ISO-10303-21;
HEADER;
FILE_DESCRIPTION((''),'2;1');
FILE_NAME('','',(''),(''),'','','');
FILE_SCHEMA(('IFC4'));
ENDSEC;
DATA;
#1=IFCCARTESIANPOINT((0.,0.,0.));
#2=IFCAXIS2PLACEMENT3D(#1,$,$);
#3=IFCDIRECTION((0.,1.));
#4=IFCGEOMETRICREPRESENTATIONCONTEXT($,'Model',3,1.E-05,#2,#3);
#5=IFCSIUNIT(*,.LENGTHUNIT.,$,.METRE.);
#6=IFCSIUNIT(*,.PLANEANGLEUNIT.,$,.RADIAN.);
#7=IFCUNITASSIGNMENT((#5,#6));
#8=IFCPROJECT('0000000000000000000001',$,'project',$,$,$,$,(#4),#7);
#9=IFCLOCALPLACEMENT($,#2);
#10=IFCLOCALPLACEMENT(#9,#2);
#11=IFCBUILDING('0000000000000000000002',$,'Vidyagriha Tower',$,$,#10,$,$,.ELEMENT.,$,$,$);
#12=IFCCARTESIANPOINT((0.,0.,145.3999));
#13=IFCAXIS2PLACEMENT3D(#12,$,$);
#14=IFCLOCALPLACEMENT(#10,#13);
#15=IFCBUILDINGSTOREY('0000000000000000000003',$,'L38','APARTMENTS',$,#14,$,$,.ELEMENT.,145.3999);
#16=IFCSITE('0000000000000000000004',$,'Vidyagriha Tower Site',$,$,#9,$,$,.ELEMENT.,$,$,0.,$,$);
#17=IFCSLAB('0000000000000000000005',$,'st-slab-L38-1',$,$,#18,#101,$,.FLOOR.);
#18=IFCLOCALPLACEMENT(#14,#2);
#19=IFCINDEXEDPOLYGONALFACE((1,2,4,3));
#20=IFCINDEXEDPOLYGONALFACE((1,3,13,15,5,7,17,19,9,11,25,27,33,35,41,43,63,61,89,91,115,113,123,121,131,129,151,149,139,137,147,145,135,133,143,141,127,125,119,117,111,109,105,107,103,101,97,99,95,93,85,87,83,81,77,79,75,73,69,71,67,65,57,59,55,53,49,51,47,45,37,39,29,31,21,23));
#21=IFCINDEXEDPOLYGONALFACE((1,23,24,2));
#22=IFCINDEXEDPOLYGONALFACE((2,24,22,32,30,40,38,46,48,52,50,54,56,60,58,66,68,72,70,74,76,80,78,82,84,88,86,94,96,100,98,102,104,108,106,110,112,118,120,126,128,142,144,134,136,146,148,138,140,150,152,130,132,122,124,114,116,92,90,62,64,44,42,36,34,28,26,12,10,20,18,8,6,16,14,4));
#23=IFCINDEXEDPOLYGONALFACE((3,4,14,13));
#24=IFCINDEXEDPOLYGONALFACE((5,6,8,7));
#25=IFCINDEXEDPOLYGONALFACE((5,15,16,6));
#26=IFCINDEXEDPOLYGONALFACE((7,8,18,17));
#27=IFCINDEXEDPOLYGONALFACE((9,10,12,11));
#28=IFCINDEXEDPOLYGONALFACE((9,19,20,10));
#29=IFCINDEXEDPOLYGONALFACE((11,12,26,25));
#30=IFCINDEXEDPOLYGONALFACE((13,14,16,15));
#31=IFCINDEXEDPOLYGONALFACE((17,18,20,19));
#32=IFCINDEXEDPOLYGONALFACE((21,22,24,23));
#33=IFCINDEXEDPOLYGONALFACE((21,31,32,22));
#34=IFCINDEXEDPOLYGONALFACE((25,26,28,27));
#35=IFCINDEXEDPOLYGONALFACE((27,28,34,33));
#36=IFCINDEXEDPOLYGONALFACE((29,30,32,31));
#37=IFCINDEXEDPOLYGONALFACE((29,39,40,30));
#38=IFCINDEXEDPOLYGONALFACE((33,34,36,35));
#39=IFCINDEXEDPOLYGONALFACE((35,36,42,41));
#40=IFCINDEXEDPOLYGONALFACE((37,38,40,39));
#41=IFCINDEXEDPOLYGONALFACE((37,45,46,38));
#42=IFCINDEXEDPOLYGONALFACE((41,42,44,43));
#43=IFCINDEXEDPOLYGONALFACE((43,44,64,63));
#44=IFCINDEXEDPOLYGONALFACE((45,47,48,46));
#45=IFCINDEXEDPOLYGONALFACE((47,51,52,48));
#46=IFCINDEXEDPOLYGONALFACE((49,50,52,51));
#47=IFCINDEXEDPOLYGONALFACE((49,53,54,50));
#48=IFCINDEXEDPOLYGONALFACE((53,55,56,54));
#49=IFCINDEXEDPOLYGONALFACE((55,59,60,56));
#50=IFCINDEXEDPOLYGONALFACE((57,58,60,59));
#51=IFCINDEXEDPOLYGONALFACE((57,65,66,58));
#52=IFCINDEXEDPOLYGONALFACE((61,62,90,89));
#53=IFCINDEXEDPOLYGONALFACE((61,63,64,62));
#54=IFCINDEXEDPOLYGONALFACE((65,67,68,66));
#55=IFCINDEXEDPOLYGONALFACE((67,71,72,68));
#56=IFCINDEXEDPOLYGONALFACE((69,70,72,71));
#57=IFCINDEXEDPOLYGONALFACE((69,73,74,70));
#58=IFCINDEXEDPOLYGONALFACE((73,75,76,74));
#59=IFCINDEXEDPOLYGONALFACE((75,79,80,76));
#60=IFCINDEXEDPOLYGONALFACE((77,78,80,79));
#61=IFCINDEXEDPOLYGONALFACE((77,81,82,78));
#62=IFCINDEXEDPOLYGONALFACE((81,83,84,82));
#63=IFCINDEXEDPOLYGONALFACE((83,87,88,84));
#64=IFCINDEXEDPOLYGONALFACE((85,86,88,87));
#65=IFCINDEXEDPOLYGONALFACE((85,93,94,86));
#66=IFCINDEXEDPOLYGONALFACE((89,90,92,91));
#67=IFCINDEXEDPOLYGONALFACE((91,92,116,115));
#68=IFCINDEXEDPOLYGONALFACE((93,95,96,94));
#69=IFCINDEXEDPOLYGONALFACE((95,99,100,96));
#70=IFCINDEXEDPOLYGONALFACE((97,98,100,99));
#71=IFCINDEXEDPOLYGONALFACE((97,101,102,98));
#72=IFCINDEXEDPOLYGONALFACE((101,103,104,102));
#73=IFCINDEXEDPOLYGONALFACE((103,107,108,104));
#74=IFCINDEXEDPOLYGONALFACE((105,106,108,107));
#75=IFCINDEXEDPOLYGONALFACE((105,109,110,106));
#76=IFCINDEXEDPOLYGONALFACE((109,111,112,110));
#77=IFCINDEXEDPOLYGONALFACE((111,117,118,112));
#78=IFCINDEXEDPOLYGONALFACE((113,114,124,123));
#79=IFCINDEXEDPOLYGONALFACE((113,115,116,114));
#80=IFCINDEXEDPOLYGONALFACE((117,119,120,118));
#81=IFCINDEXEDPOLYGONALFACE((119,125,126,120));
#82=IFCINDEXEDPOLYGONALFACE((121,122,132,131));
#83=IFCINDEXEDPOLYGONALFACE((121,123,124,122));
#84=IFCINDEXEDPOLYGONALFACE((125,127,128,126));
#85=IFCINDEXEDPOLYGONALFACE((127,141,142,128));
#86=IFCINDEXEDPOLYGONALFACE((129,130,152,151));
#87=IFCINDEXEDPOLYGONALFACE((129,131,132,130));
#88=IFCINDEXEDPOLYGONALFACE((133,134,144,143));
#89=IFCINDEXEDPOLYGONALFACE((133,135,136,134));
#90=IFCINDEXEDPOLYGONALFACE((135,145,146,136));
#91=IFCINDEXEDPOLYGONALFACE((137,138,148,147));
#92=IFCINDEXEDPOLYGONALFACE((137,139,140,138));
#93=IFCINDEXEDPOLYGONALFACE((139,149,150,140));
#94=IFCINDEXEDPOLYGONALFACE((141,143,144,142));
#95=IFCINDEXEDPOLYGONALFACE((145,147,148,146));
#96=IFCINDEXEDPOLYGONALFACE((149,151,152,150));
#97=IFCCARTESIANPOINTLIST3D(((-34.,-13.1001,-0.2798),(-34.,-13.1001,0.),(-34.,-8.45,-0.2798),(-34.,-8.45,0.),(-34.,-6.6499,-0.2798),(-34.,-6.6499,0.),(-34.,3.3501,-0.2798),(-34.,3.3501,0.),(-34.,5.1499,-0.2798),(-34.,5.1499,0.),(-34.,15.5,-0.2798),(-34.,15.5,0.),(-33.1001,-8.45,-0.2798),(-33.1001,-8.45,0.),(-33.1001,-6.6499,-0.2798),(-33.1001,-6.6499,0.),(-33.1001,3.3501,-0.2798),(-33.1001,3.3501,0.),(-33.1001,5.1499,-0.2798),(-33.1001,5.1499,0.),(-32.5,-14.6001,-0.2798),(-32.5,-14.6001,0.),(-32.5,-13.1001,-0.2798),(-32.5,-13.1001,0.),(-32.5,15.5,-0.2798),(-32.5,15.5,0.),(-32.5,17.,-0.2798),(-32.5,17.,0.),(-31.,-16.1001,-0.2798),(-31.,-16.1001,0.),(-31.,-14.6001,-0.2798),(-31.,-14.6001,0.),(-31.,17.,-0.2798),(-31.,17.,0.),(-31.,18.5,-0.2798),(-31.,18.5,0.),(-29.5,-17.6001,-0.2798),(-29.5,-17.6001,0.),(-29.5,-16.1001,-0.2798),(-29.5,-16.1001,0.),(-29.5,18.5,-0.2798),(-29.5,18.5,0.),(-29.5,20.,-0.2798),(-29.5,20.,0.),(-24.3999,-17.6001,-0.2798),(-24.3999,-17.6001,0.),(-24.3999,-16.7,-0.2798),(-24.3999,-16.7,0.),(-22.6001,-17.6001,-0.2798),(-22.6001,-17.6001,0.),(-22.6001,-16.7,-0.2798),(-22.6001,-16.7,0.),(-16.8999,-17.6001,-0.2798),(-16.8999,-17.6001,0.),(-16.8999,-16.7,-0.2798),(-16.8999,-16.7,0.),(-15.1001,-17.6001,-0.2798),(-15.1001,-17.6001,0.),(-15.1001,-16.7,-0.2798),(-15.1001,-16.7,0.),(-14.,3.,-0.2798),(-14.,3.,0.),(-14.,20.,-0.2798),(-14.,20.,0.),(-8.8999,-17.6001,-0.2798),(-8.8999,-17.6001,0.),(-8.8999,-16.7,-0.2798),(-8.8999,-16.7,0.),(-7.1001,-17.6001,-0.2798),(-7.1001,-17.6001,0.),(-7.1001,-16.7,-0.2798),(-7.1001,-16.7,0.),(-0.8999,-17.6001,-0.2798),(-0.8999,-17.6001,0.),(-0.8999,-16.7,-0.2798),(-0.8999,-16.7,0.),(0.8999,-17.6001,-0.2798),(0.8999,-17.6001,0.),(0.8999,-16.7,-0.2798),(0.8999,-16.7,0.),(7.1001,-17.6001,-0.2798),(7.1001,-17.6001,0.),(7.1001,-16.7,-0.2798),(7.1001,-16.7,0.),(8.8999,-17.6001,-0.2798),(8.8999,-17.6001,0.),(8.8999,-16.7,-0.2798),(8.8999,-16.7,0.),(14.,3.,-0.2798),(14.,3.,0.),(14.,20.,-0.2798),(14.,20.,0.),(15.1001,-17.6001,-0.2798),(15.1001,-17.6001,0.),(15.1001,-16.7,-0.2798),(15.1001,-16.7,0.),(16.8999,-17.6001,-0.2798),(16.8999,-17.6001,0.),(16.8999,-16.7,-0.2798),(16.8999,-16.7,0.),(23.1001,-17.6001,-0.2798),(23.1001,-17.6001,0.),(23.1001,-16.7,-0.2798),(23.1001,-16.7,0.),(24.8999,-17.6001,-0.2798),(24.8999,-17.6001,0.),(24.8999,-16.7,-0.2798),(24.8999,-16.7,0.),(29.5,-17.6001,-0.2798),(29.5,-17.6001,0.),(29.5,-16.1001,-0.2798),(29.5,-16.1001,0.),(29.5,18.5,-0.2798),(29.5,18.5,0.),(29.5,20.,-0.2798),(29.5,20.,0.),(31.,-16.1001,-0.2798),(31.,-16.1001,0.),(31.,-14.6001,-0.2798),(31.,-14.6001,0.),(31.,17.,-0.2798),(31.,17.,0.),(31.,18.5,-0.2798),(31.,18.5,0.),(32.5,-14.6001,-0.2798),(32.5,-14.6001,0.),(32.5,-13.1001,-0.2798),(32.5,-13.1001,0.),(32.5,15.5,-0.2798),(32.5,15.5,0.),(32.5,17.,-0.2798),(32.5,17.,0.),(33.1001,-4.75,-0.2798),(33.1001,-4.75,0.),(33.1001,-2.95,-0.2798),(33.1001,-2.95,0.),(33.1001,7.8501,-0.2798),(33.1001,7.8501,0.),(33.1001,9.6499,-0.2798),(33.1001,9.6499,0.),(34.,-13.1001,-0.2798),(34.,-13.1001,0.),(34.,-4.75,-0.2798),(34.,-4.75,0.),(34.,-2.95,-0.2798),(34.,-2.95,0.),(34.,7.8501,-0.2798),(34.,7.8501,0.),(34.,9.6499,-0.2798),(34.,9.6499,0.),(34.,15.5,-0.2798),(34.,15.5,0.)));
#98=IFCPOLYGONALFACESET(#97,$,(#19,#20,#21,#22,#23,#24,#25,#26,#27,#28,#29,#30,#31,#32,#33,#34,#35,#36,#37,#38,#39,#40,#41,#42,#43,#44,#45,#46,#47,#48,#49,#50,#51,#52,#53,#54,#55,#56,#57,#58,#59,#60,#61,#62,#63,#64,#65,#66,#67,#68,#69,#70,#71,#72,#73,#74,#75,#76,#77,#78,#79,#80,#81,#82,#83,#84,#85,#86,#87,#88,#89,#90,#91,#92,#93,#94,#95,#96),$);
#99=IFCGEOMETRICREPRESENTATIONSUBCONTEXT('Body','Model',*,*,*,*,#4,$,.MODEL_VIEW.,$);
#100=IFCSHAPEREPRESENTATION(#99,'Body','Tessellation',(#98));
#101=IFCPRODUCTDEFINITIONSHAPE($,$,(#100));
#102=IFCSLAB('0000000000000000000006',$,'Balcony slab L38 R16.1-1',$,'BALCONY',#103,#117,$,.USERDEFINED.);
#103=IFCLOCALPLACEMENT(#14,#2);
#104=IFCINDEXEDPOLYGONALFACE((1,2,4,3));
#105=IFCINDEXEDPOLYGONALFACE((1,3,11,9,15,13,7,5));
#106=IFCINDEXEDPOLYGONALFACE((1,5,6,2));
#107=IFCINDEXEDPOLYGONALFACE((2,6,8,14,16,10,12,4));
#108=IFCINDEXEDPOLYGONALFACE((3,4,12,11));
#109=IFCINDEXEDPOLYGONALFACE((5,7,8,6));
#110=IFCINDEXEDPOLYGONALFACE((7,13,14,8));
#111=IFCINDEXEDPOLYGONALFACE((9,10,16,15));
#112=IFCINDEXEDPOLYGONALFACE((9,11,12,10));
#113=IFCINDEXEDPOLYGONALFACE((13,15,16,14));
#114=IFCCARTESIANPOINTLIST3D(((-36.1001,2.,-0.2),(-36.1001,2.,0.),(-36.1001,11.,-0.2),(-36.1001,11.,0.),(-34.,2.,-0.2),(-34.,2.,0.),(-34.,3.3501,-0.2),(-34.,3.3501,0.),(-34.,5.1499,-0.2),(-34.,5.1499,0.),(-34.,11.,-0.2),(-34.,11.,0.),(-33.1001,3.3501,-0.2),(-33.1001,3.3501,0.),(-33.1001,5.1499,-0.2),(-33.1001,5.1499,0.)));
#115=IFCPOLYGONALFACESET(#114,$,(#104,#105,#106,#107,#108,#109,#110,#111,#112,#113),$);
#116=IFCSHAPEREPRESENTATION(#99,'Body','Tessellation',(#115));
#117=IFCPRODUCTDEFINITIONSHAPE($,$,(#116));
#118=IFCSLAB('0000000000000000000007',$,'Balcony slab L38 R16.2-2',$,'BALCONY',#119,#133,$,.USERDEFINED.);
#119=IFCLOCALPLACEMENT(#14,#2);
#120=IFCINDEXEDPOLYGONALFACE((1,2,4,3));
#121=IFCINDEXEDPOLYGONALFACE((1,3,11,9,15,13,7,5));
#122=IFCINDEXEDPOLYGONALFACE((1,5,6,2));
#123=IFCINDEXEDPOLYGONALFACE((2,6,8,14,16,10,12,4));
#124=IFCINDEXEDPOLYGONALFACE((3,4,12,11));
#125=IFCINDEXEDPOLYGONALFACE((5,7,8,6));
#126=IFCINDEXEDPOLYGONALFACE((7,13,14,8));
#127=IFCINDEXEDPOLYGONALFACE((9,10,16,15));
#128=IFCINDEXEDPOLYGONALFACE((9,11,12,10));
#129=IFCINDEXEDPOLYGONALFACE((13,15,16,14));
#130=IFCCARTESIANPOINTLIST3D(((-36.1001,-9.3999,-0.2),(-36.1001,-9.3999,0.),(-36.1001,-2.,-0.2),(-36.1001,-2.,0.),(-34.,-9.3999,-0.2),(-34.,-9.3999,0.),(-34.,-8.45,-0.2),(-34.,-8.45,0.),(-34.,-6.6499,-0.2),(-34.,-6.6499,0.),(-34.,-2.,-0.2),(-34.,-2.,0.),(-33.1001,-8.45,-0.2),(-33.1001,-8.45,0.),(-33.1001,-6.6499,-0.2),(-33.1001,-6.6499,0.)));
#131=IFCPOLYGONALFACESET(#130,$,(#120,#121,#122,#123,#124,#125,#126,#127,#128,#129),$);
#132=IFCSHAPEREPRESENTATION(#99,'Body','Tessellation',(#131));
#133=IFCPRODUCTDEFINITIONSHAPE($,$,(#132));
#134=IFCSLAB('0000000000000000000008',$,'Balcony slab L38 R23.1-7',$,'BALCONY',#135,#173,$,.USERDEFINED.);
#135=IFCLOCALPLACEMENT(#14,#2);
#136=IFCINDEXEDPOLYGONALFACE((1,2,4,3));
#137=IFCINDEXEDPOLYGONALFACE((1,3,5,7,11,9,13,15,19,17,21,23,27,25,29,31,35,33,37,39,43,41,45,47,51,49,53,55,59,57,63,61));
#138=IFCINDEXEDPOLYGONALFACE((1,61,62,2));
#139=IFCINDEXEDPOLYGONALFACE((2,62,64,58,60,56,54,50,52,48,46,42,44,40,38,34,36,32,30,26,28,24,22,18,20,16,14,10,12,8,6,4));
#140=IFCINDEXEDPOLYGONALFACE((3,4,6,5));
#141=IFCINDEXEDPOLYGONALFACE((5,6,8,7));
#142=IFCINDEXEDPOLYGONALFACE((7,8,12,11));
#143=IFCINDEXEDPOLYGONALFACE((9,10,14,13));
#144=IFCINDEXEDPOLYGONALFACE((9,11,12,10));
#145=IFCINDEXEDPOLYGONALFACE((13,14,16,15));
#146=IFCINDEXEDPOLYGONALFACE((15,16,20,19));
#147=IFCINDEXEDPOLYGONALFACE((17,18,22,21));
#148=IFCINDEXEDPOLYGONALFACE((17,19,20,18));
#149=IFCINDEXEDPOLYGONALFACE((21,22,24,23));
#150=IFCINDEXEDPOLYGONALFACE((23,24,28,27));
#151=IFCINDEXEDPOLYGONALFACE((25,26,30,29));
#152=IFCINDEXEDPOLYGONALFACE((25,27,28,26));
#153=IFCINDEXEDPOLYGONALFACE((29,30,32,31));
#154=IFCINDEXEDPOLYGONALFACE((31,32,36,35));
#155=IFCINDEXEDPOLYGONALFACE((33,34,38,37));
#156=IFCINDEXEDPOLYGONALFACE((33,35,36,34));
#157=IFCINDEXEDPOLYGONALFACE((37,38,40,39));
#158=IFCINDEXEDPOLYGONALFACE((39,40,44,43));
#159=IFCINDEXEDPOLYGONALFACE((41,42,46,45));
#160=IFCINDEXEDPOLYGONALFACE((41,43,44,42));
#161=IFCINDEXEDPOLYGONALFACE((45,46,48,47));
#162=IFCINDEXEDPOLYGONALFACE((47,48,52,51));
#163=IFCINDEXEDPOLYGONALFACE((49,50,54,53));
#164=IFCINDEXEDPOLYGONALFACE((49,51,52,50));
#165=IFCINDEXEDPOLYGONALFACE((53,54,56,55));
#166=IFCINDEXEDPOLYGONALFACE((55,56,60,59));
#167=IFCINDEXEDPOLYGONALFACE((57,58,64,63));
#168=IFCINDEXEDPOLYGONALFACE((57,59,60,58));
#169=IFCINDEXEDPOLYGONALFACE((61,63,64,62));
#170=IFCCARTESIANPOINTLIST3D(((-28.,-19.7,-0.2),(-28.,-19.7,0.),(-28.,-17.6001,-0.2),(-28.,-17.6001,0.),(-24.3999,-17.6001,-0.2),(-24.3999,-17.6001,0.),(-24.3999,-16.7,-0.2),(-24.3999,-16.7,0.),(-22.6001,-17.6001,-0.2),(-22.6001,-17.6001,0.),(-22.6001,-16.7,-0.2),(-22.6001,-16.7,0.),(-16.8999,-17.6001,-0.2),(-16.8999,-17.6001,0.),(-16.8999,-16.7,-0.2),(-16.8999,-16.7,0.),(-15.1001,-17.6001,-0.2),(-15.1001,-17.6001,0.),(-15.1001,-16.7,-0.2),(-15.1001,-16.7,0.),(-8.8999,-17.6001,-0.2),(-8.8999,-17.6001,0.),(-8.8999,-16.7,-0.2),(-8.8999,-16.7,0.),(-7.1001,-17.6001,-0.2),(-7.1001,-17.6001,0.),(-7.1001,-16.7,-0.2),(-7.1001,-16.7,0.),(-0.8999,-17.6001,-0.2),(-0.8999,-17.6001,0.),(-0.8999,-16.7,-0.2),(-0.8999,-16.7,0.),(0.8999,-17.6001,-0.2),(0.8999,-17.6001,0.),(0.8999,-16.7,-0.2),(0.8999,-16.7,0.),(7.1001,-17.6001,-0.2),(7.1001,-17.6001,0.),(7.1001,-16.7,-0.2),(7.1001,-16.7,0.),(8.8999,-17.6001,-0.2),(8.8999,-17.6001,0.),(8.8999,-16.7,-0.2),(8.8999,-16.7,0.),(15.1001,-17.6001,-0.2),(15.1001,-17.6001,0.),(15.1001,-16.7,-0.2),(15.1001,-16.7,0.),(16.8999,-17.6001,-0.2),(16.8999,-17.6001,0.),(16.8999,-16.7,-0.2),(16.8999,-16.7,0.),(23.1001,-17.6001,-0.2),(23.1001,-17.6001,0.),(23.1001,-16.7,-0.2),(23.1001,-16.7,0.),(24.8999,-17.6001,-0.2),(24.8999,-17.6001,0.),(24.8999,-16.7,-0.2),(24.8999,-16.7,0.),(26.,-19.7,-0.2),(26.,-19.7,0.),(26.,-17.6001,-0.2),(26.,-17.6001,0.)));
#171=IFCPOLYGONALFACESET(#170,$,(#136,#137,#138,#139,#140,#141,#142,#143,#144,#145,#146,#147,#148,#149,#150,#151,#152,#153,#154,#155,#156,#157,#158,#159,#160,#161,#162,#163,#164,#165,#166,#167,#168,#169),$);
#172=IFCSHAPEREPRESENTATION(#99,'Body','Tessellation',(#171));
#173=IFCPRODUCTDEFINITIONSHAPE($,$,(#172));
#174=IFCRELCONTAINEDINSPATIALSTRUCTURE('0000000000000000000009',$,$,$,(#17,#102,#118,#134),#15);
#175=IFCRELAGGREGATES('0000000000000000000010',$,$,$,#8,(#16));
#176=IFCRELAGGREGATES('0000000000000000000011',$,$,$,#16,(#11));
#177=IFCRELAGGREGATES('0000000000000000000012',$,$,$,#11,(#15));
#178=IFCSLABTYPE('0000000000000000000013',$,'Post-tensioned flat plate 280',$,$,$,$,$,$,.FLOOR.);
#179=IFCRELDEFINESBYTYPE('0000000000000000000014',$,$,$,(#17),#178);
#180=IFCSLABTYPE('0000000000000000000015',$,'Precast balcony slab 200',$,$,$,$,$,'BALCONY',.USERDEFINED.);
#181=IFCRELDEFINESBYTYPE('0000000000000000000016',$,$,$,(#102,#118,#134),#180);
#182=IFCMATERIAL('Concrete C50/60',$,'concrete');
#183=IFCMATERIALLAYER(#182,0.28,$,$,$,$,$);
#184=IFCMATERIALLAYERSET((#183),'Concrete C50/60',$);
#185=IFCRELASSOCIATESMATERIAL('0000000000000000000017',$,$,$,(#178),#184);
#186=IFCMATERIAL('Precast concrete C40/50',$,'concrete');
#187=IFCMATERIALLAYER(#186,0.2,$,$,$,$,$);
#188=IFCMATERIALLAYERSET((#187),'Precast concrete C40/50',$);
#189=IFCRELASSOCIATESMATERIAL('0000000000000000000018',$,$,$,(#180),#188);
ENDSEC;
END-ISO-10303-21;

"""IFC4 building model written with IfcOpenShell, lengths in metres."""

from ifc_helpers import new_model, si_unit, direction, frame, origin, place, context, subcontext, project, spatial, polyline, outline, extrude, material, layer, layer_set, type_object, element, save


model = new_model("IFC4")

# Units and contexts
model_context = context("Model", 3, precision=1e-05, world=origin(), true_north=direction((0.0, 1.0)))
body_context = subcontext(model_context, "Body", "Model", "MODEL_VIEW")
ifc_project = project(units=[si_unit("LENGTHUNIT", "METRE"), si_unit("PLANEANGLEUNIT", "RADIAN")], contexts=[model_context])

# Site, building, storey
site_placement = place(None, origin())
site = spatial("IfcSite", under=ifc_project, at=site_placement, Name="Vidyagriha Tower Site", CompositionType="ELEMENT", RefElevation=0.0)
building_placement = place(site_placement, origin())
building = spatial("IfcBuilding", under=site, at=building_placement, Name="Vidyagriha Tower", CompositionType="ELEMENT")
storey_placement = place(building_placement, frame((0.0, 0.0, 145.3999)))
storey = spatial("IfcBuildingStorey", under=building, at=storey_placement, Name="L38", Description="APARTMENTS", CompositionType="ELEMENT", Elevation=145.3999)

# Slabs
ifc_material_1 = material(Name="Concrete C50/60", Category="concrete")
ifc_layer_1 = layer(ifc_material_1, 0.28)
ifc_layer_set_1 = layer_set([ifc_layer_1], Name="Concrete C50/60")
slab_type_1 = type_object("IfcSlabType", Name="Post-tensioned flat plate 280", PredefinedType="FLOOR", material=ifc_layer_set_1)
slab_1_placement = place(storey_placement, frame((0.0, 0.0, -0.2798)))
element("IfcSlab", 1, at=slab_1_placement, inside=storey, type_object=slab_type_1, Name="st-slab-L38-1", PredefinedType="FLOOR", context=body_context, shape_type="SweptSolid", body=[
    extrude(outline(polyline([(32.5, -14.6001), (31.0, -14.6001), (31.0, -16.1001), (29.5, -16.1001), (29.5, -17.6001), (24.8999, -17.6001), (24.8999, -16.7), (23.1001, -16.7), (23.1001, -17.6001), (16.8999, -17.6001), (16.8999, -16.7), (15.1001, -16.7), (15.1001, -17.6001), (8.8999, -17.6001), (8.8999, -16.7), (7.1001, -16.7), (7.1001, -17.6001), (0.8999, -17.6001), (0.8999, -16.7), (-0.8999, -16.7), (-0.8999, -17.6001), (-7.1001, -17.6001), (-7.1001, -16.7), (-8.8999, -16.7), (-8.8999, -17.6001), (-15.1001, -17.6001), (-15.1001, -16.7), (-16.8999, -16.7), (-16.8999, -17.6001), (-22.6001, -17.6001), (-22.6001, -16.7), (-24.3999, -16.7), (-24.3999, -17.6001), (-29.5, -17.6001), (-29.5, -16.1001), (-31.0, -16.1001), (-31.0, -14.6001), (-32.5, -14.6001), (-32.5, -13.1001), (-34.0, -13.1001), (-34.0, -8.45), (-33.1001, -8.45), (-33.1001, -6.6499), (-34.0, -6.6499), (-34.0, 3.3501), (-33.1001, 3.3501), (-33.1001, 5.1499), (-34.0, 5.1499), (-34.0, 15.5), (-32.5, 15.5), (-32.5, 17.0), (-31.0, 17.0), (-31.0, 18.5), (-29.5, 18.5), (-29.5, 20.0), (-14.0, 20.0), (-14.0, 3.0), (14.0, 3.0), (14.0, 20.0), (29.5, 20.0), (29.5, 18.5), (31.0, 18.5), (31.0, 17.0), (32.5, 17.0), (32.5, 15.5), (34.0, 15.5), (34.0, 9.6499), (33.1001, 9.6499), (33.1001, 7.8501), (34.0, 7.8501), (34.0, -2.95), (33.1001, -2.95), (33.1001, -4.75), (34.0, -4.75), (34.0, -13.1001), (32.5, -13.1001), (32.5, -14.6001)])), origin(), (0.0, 0.0, 1.0), 0.2798),
])
ifc_material_2 = material(Name="Precast concrete C40/50", Category="concrete")
ifc_layer_2 = layer(ifc_material_2, 0.2)
ifc_layer_set_2 = layer_set([ifc_layer_2], Name="Precast concrete C40/50")
slab_type_2 = type_object("IfcSlabType", Name="Precast balcony slab 200", ElementType="BALCONY", PredefinedType="USERDEFINED", material=ifc_layer_set_2)
slab_2_placement = place(storey_placement, frame((0.0, 0.0, -0.2)))
element("IfcSlab", 2, at=slab_2_placement, inside=storey, type_object=slab_type_2, Name="Balcony slab L38 R16.1-1", ObjectType="BALCONY", PredefinedType="USERDEFINED", context=body_context, shape_type="SweptSolid", body=[
    extrude(outline(polyline([(-33.1001, 3.3501), (-33.1001, 5.1499), (-34.0, 5.1499), (-34.0, 11.0), (-36.1001, 11.0), (-36.1001, 2.0), (-34.0, 2.0), (-34.0, 3.3501), (-33.1001, 3.3501)])), origin(), (0.0, 0.0, 1.0), 0.2),
])
slab_3_placement = place(storey_placement, frame((0.0, 0.0, -0.2)))
element("IfcSlab", 3, at=slab_3_placement, inside=storey, type_object=slab_type_2, Name="Balcony slab L38 R16.2-2", ObjectType="BALCONY", PredefinedType="USERDEFINED", context=body_context, shape_type="SweptSolid", body=[
    extrude(outline(polyline([(-33.1001, -8.45), (-33.1001, -6.6499), (-34.0, -6.6499), (-34.0, -2.0), (-36.1001, -2.0), (-36.1001, -9.3999), (-34.0, -9.3999), (-34.0, -8.45), (-33.1001, -8.45)])), origin(), (0.0, 0.0, 1.0), 0.2),
])
slab_4_placement = place(storey_placement, frame((0.0, 0.0, -0.2)))
element("IfcSlab", 4, at=slab_4_placement, inside=storey, type_object=slab_type_2, Name="Balcony slab L38 R23.1-7", ObjectType="BALCONY", PredefinedType="USERDEFINED", context=body_context, shape_type="SweptSolid", body=[
    extrude(outline(polyline([(-22.6001, -16.7), (-24.3999, -16.7), (-24.3999, -17.6001), (-28.0, -17.6001), (-28.0, -19.7), (26.0, -19.7), (26.0, -17.6001), (24.8999, -17.6001), (24.8999, -16.7), (23.1001, -16.7), (23.1001, -17.6001), (16.8999, -17.6001), (16.8999, -16.7), (15.1001, -16.7), (15.1001, -17.6001), (8.8999, -17.6001), (8.8999, -16.7), (7.1001, -16.7), (7.1001, -17.6001), (0.8999, -17.6001), (0.8999, -16.7), (-0.8999, -16.7), (-0.8999, -17.6001), (-7.1001, -17.6001), (-7.1001, -16.7), (-8.8999, -16.7), (-8.8999, -17.6001), (-15.1001, -17.6001), (-15.1001, -16.7), (-16.8999, -16.7), (-16.8999, -17.6001), (-22.6001, -17.6001), (-22.6001, -16.7)])), origin(), (0.0, 0.0, 1.0), 0.2),
])

save(model, "model.ifc")
